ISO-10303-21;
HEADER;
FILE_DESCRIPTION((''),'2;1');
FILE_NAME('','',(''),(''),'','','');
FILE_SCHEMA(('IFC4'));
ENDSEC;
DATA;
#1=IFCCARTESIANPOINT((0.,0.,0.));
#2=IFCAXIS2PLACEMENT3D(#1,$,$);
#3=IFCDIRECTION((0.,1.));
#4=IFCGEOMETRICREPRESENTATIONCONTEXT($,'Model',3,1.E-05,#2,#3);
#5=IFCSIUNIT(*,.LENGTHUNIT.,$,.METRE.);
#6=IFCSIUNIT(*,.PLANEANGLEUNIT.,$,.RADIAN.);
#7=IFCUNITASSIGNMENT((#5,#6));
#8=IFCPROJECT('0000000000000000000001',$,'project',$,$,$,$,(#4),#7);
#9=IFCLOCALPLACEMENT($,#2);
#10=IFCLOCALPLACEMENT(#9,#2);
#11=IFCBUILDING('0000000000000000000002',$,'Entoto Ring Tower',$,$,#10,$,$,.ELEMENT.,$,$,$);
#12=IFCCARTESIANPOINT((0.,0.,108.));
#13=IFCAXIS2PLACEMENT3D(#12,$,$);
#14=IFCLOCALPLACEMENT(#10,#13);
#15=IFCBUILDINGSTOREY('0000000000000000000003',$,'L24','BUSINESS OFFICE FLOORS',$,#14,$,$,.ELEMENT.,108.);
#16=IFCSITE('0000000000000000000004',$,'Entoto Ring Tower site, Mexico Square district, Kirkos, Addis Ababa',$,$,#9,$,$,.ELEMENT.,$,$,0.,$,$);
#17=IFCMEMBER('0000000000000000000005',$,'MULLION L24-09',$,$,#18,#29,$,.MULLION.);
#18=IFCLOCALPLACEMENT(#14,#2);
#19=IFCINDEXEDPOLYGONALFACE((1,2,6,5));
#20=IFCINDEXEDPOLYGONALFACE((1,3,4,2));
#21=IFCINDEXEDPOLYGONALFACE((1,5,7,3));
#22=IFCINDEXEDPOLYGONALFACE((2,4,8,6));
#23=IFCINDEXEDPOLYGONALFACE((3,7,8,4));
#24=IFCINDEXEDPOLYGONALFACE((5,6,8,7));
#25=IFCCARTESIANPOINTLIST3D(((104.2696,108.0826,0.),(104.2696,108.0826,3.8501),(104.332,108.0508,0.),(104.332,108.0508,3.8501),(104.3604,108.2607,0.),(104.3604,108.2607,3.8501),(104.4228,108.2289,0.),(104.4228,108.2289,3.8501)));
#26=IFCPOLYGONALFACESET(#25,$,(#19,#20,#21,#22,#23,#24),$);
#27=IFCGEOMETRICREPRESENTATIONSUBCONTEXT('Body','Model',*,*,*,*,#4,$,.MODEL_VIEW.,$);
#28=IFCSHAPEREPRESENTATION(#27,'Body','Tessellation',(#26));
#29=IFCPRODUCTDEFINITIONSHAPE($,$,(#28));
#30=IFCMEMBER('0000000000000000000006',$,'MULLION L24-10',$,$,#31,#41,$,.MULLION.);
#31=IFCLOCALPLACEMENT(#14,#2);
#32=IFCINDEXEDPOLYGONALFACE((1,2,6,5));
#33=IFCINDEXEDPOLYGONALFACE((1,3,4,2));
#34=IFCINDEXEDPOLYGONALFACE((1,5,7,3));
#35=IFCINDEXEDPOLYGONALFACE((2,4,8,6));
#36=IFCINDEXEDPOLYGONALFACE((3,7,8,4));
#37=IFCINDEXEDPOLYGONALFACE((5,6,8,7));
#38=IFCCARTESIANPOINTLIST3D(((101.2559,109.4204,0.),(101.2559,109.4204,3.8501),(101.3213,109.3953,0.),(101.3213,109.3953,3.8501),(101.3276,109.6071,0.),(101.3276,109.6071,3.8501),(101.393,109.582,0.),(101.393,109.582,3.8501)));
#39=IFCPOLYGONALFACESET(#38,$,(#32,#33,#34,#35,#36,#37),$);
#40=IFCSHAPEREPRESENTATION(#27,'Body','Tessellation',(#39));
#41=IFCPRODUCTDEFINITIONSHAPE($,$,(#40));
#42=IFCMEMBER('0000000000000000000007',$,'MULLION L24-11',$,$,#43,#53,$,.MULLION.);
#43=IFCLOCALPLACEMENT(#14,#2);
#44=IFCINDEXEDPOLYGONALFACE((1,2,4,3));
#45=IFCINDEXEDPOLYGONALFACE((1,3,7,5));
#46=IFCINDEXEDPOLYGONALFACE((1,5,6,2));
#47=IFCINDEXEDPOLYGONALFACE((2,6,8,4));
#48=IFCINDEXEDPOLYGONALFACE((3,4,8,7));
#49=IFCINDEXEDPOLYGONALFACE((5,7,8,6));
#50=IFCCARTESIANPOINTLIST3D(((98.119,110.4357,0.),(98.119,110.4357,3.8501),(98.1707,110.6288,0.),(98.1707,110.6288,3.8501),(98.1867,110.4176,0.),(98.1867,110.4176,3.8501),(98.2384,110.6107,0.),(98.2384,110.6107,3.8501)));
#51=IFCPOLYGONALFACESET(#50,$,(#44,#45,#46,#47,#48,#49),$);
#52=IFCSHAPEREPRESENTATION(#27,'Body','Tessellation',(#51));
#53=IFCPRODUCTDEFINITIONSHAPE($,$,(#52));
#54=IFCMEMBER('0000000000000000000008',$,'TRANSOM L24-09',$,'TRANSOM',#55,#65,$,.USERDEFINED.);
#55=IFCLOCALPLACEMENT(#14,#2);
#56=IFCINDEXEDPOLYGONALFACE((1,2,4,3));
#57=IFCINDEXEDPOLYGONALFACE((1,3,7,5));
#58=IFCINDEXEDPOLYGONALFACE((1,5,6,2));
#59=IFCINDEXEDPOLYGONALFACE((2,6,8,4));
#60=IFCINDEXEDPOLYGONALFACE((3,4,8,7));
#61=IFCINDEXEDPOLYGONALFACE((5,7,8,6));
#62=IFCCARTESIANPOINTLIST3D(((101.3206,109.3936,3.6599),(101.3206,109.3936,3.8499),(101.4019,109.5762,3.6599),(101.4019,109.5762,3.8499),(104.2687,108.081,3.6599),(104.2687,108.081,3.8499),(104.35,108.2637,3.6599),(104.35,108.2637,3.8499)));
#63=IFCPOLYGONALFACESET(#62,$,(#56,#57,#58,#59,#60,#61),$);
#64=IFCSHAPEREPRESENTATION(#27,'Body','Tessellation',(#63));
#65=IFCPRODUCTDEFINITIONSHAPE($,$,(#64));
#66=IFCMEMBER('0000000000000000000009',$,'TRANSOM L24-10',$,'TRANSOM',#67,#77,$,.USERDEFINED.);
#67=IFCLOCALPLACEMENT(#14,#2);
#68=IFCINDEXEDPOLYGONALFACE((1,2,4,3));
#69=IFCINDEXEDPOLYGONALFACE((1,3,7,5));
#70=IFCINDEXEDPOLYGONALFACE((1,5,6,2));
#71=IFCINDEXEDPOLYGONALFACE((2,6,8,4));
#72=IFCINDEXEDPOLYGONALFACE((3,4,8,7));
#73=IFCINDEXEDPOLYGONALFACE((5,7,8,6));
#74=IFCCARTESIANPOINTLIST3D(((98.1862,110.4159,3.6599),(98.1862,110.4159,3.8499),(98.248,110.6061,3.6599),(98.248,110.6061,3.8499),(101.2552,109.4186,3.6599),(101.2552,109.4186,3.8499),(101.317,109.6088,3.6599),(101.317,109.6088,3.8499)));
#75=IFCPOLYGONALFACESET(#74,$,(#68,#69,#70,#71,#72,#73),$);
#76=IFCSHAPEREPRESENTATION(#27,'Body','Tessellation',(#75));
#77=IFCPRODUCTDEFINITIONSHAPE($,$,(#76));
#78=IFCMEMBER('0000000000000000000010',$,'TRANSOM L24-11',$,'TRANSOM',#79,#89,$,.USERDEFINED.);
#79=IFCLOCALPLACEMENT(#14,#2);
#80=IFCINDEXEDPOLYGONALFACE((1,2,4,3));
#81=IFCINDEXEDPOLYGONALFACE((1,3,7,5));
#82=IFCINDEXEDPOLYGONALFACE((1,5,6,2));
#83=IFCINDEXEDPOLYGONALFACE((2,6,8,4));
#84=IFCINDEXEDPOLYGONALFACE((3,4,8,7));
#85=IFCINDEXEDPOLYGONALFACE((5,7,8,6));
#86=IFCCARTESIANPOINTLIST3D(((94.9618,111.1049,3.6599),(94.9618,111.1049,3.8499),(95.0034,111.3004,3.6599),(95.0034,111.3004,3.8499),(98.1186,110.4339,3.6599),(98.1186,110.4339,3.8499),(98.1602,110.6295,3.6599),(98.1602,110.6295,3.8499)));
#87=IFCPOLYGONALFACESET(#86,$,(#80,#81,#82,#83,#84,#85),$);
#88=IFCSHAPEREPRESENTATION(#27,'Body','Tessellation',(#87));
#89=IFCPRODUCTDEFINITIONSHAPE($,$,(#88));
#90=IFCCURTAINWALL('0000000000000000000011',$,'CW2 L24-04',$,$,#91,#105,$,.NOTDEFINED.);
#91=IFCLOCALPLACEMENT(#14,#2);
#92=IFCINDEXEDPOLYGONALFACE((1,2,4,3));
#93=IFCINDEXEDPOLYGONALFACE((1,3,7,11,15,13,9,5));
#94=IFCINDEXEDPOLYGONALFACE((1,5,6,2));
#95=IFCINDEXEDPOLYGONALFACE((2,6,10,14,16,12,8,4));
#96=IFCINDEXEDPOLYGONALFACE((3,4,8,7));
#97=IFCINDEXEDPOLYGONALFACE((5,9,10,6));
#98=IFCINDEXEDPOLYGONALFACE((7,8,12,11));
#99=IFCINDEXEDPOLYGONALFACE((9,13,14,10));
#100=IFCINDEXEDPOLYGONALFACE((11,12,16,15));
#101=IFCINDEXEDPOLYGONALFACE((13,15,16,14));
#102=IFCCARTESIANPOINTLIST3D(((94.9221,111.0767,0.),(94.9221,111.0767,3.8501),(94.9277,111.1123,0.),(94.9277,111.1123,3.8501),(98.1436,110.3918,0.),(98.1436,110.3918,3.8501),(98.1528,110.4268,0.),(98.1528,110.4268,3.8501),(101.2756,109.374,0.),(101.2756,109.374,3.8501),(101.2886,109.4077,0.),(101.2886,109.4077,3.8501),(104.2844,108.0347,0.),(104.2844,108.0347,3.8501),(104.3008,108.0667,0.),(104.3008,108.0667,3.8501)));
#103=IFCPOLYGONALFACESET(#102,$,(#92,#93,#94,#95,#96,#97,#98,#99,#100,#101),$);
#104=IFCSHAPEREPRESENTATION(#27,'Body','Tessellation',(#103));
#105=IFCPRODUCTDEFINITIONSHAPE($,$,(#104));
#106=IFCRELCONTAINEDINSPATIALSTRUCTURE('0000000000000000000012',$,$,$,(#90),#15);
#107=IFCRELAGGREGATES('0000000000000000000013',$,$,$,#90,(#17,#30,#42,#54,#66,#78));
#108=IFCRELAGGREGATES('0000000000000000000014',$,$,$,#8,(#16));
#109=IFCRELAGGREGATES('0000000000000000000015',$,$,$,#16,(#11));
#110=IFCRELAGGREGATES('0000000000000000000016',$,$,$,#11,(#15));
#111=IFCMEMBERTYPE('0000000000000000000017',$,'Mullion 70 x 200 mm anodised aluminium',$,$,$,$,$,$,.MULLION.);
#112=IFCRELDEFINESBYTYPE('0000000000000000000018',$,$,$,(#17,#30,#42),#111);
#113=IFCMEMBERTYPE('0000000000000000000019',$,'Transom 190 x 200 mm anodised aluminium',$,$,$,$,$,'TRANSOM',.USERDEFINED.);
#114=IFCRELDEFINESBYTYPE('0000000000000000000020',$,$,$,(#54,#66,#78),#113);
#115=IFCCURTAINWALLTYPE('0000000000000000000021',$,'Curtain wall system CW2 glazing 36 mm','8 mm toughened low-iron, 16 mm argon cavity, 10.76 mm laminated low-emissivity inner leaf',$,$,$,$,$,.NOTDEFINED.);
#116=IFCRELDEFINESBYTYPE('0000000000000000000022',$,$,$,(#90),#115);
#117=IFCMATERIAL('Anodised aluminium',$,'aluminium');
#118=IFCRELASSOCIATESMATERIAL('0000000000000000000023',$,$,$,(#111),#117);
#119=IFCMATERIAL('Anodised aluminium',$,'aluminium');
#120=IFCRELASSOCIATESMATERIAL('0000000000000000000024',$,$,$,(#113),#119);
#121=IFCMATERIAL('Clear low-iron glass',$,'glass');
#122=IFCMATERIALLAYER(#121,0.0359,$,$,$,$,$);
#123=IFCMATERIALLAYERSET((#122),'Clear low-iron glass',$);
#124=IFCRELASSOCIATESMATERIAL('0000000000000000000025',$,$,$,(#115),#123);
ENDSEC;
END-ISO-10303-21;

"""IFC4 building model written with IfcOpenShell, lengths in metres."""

from ifc_helpers import new_model, si_unit, direction, frame, origin, origin_2d, place, context, subcontext, project, spatial, polyline, rectangle, outline, extrude, material, layer, layer_set, material_profile, profile_set, type_object, element, aggregate, save


model = new_model("IFC4")

# Units and contexts
model_context = context("Model", 3, precision=1e-05, world=origin(), true_north=direction((0.0, 1.0)))
body_context = subcontext(model_context, "Body", "Model", "MODEL_VIEW")
ifc_project = project(units=[si_unit("LENGTHUNIT", "METRE"), si_unit("PLANEANGLEUNIT", "RADIAN")], contexts=[model_context])

# Members
ifc_material_1 = material(Name="Anodised aluminium", Category="aluminium")
ifc_material_profile_1 = material_profile(ifc_material_1, rectangle(XDim=0.0701, YDim=0.2, at=origin_2d()), Name="Mullion 70 x 200 mm anodised aluminium")
ifc_profile_set_1 = profile_set([ifc_material_profile_1], Name="Anodised aluminium")
member_type_1 = type_object("IfcMemberType", Name="Mullion 70 x 200 mm anodised aluminium", PredefinedType="MULLION", material=ifc_profile_set_1)
site_placement = place(None, origin())
building_placement = place(site_placement, origin())
storey_placement = place(building_placement, frame((0.0, 0.0, 108.0)))
member_1_placement = place(storey_placement, frame((104.3462, 108.1558, 0.0), z_axis=(0.0, 0.0, 1.0), x_axis=(-0.891007, 0.45399, 0.0)))
member_1 = element("IfcMember", 1, at=member_1_placement, type_object=member_type_1, Name="MULLION L24-09", PredefinedType="MULLION", context=body_context, shape_type="SweptSolid", body=[
    extrude(rectangle(XDim=0.0701, YDim=0.2, at=origin_2d()), origin(), (0.0, 0.0, 1.0), 3.8501),
])
member_2_placement = place(storey_placement, frame((101.3245, 109.5012, 0.0), z_axis=(0.0, 0.0, 1.0), x_axis=(-0.93358, 0.358368, 0.0)))
member_2 = element("IfcMember", 2, at=member_2_placement, type_object=member_type_1, Name="MULLION L24-10", PredefinedType="MULLION", context=body_context, shape_type="SweptSolid", body=[
    extrude(rectangle(XDim=0.0701, YDim=0.2, at=origin_2d()), origin(), (0.0, 0.0, 1.0), 3.8501),
])
member_3_placement = place(storey_placement, frame((98.1787, 110.5232, 0.0), z_axis=(0.0, 0.0, 1.0), x_axis=(-0.965926, 0.258819, 0.0)))
member_3 = element("IfcMember", 3, at=member_3_placement, type_object=member_type_1, Name="MULLION L24-11", PredefinedType="MULLION", context=body_context, shape_type="SweptSolid", body=[
    extrude(rectangle(XDim=0.0701, YDim=0.2, at=origin_2d()), origin(), (0.0, 0.0, 1.0), 3.8501),
])
ifc_material_2 = material(Name="Anodised aluminium", Category="aluminium")
ifc_material_profile_2 = material_profile(ifc_material_2, rectangle(XDim=0.2, YDim=0.1899, at=origin_2d()), Name="Transom 190 x 200 mm anodised aluminium")
ifc_profile_set_2 = profile_set([ifc_material_profile_2], Name="Anodised aluminium")
member_type_2 = type_object("IfcMemberType", Name="Transom 190 x 200 mm anodised aluminium", ElementType="TRANSOM", PredefinedType="USERDEFINED", material=ifc_profile_set_2)
member_4_placement = place(storey_placement, frame((104.3093, 108.1724, 3.7549), z_axis=(-0.913549, 0.406728, 0.0), x_axis=(-0.406728, -0.913549, 0.0)))
member_4 = element("IfcMember", 4, at=member_4_placement, type_object=member_type_2, Name="TRANSOM L24-09", ObjectType="TRANSOM", PredefinedType="USERDEFINED", context=body_context, shape_type="SweptSolid", body=[
    extrude(rectangle(XDim=0.2, YDim=0.1899, at=origin_2d()), origin(), (0.0, 0.0, 1.0), 3.2271),
])
member_5_placement = place(storey_placement, frame((101.2861, 109.5137, 3.7549), z_axis=(-0.951047, 0.309047, 0.0), x_axis=(-0.309047, -0.951047, 0.0)))
member_5 = element("IfcMember", 5, at=member_5_placement, type_object=member_type_2, Name="TRANSOM L24-10", ObjectType="TRANSOM", PredefinedType="USERDEFINED", context=body_context, shape_type="SweptSolid", body=[
    extrude(rectangle(XDim=0.2, YDim=0.1899, at=origin_2d()), origin(), (0.0, 0.0, 1.0), 3.2271),
])
member_6_placement = place(storey_placement, frame((98.1394, 110.5317, 3.7549), z_axis=(-0.978153, 0.207886, 0.0), x_axis=(-0.207886, -0.978153, 0.0)))
member_6 = element("IfcMember", 6, at=member_6_placement, type_object=member_type_2, Name="TRANSOM L24-11", ObjectType="TRANSOM", PredefinedType="USERDEFINED", context=body_context, shape_type="SweptSolid", body=[
    extrude(rectangle(XDim=0.2, YDim=0.1899, at=origin_2d()), origin(), (0.0, 0.0, 1.0), 3.2273),
])

# Site, building, storey
site = spatial("IfcSite", under=ifc_project, at=site_placement, Name="Entoto Ring Tower site, Mexico Square district, Kirkos, Addis Ababa", CompositionType="ELEMENT", RefElevation=0.0)
building = spatial("IfcBuilding", under=site, at=building_placement, Name="Entoto Ring Tower", CompositionType="ELEMENT")
storey = spatial("IfcBuildingStorey", under=building, at=storey_placement, Name="L24", Description="BUSINESS OFFICE FLOORS", CompositionType="ELEMENT", Elevation=108.0)

# Curtain wall
ifc_material_3 = material(Name="Clear low-iron glass", Category="glass")
ifc_layer = layer(ifc_material_3, 0.0359)
ifc_layer_set = layer_set([ifc_layer], Name="Clear low-iron glass")
curtain_wall_type = type_object("IfcCurtainWallType", Name="Curtain wall system CW2 glazing 36 mm", Description="8 mm toughened low-iron, 16 mm argon cavity, 10.76 mm laminated low-emissivity inner leaf", PredefinedType="NOTDEFINED", material=ifc_layer_set)
curtain_wall_1_placement = place(storey_placement, origin())
curtain_wall_1 = element("IfcCurtainWall", 7, at=curtain_wall_1_placement, inside=storey, type_object=curtain_wall_type, Name="CW2 L24-04", PredefinedType="NOTDEFINED", context=body_context, shape_type="SweptSolid", body=[
    extrude(outline(polyline([(104.3008, 108.0667), (101.2886, 109.4077), (98.1528, 110.4268), (94.9277, 111.1123), (94.9221, 111.0767), (98.1436, 110.3918), (101.2756, 109.374), (104.2844, 108.0347), (104.3008, 108.0667)])), origin(), (0.0, 0.0, 1.0), 3.8501),
])
aggregate(curtain_wall_1, [member_1, member_2, member_3, member_4, member_5, member_6])

save(model, "model.ifc")
